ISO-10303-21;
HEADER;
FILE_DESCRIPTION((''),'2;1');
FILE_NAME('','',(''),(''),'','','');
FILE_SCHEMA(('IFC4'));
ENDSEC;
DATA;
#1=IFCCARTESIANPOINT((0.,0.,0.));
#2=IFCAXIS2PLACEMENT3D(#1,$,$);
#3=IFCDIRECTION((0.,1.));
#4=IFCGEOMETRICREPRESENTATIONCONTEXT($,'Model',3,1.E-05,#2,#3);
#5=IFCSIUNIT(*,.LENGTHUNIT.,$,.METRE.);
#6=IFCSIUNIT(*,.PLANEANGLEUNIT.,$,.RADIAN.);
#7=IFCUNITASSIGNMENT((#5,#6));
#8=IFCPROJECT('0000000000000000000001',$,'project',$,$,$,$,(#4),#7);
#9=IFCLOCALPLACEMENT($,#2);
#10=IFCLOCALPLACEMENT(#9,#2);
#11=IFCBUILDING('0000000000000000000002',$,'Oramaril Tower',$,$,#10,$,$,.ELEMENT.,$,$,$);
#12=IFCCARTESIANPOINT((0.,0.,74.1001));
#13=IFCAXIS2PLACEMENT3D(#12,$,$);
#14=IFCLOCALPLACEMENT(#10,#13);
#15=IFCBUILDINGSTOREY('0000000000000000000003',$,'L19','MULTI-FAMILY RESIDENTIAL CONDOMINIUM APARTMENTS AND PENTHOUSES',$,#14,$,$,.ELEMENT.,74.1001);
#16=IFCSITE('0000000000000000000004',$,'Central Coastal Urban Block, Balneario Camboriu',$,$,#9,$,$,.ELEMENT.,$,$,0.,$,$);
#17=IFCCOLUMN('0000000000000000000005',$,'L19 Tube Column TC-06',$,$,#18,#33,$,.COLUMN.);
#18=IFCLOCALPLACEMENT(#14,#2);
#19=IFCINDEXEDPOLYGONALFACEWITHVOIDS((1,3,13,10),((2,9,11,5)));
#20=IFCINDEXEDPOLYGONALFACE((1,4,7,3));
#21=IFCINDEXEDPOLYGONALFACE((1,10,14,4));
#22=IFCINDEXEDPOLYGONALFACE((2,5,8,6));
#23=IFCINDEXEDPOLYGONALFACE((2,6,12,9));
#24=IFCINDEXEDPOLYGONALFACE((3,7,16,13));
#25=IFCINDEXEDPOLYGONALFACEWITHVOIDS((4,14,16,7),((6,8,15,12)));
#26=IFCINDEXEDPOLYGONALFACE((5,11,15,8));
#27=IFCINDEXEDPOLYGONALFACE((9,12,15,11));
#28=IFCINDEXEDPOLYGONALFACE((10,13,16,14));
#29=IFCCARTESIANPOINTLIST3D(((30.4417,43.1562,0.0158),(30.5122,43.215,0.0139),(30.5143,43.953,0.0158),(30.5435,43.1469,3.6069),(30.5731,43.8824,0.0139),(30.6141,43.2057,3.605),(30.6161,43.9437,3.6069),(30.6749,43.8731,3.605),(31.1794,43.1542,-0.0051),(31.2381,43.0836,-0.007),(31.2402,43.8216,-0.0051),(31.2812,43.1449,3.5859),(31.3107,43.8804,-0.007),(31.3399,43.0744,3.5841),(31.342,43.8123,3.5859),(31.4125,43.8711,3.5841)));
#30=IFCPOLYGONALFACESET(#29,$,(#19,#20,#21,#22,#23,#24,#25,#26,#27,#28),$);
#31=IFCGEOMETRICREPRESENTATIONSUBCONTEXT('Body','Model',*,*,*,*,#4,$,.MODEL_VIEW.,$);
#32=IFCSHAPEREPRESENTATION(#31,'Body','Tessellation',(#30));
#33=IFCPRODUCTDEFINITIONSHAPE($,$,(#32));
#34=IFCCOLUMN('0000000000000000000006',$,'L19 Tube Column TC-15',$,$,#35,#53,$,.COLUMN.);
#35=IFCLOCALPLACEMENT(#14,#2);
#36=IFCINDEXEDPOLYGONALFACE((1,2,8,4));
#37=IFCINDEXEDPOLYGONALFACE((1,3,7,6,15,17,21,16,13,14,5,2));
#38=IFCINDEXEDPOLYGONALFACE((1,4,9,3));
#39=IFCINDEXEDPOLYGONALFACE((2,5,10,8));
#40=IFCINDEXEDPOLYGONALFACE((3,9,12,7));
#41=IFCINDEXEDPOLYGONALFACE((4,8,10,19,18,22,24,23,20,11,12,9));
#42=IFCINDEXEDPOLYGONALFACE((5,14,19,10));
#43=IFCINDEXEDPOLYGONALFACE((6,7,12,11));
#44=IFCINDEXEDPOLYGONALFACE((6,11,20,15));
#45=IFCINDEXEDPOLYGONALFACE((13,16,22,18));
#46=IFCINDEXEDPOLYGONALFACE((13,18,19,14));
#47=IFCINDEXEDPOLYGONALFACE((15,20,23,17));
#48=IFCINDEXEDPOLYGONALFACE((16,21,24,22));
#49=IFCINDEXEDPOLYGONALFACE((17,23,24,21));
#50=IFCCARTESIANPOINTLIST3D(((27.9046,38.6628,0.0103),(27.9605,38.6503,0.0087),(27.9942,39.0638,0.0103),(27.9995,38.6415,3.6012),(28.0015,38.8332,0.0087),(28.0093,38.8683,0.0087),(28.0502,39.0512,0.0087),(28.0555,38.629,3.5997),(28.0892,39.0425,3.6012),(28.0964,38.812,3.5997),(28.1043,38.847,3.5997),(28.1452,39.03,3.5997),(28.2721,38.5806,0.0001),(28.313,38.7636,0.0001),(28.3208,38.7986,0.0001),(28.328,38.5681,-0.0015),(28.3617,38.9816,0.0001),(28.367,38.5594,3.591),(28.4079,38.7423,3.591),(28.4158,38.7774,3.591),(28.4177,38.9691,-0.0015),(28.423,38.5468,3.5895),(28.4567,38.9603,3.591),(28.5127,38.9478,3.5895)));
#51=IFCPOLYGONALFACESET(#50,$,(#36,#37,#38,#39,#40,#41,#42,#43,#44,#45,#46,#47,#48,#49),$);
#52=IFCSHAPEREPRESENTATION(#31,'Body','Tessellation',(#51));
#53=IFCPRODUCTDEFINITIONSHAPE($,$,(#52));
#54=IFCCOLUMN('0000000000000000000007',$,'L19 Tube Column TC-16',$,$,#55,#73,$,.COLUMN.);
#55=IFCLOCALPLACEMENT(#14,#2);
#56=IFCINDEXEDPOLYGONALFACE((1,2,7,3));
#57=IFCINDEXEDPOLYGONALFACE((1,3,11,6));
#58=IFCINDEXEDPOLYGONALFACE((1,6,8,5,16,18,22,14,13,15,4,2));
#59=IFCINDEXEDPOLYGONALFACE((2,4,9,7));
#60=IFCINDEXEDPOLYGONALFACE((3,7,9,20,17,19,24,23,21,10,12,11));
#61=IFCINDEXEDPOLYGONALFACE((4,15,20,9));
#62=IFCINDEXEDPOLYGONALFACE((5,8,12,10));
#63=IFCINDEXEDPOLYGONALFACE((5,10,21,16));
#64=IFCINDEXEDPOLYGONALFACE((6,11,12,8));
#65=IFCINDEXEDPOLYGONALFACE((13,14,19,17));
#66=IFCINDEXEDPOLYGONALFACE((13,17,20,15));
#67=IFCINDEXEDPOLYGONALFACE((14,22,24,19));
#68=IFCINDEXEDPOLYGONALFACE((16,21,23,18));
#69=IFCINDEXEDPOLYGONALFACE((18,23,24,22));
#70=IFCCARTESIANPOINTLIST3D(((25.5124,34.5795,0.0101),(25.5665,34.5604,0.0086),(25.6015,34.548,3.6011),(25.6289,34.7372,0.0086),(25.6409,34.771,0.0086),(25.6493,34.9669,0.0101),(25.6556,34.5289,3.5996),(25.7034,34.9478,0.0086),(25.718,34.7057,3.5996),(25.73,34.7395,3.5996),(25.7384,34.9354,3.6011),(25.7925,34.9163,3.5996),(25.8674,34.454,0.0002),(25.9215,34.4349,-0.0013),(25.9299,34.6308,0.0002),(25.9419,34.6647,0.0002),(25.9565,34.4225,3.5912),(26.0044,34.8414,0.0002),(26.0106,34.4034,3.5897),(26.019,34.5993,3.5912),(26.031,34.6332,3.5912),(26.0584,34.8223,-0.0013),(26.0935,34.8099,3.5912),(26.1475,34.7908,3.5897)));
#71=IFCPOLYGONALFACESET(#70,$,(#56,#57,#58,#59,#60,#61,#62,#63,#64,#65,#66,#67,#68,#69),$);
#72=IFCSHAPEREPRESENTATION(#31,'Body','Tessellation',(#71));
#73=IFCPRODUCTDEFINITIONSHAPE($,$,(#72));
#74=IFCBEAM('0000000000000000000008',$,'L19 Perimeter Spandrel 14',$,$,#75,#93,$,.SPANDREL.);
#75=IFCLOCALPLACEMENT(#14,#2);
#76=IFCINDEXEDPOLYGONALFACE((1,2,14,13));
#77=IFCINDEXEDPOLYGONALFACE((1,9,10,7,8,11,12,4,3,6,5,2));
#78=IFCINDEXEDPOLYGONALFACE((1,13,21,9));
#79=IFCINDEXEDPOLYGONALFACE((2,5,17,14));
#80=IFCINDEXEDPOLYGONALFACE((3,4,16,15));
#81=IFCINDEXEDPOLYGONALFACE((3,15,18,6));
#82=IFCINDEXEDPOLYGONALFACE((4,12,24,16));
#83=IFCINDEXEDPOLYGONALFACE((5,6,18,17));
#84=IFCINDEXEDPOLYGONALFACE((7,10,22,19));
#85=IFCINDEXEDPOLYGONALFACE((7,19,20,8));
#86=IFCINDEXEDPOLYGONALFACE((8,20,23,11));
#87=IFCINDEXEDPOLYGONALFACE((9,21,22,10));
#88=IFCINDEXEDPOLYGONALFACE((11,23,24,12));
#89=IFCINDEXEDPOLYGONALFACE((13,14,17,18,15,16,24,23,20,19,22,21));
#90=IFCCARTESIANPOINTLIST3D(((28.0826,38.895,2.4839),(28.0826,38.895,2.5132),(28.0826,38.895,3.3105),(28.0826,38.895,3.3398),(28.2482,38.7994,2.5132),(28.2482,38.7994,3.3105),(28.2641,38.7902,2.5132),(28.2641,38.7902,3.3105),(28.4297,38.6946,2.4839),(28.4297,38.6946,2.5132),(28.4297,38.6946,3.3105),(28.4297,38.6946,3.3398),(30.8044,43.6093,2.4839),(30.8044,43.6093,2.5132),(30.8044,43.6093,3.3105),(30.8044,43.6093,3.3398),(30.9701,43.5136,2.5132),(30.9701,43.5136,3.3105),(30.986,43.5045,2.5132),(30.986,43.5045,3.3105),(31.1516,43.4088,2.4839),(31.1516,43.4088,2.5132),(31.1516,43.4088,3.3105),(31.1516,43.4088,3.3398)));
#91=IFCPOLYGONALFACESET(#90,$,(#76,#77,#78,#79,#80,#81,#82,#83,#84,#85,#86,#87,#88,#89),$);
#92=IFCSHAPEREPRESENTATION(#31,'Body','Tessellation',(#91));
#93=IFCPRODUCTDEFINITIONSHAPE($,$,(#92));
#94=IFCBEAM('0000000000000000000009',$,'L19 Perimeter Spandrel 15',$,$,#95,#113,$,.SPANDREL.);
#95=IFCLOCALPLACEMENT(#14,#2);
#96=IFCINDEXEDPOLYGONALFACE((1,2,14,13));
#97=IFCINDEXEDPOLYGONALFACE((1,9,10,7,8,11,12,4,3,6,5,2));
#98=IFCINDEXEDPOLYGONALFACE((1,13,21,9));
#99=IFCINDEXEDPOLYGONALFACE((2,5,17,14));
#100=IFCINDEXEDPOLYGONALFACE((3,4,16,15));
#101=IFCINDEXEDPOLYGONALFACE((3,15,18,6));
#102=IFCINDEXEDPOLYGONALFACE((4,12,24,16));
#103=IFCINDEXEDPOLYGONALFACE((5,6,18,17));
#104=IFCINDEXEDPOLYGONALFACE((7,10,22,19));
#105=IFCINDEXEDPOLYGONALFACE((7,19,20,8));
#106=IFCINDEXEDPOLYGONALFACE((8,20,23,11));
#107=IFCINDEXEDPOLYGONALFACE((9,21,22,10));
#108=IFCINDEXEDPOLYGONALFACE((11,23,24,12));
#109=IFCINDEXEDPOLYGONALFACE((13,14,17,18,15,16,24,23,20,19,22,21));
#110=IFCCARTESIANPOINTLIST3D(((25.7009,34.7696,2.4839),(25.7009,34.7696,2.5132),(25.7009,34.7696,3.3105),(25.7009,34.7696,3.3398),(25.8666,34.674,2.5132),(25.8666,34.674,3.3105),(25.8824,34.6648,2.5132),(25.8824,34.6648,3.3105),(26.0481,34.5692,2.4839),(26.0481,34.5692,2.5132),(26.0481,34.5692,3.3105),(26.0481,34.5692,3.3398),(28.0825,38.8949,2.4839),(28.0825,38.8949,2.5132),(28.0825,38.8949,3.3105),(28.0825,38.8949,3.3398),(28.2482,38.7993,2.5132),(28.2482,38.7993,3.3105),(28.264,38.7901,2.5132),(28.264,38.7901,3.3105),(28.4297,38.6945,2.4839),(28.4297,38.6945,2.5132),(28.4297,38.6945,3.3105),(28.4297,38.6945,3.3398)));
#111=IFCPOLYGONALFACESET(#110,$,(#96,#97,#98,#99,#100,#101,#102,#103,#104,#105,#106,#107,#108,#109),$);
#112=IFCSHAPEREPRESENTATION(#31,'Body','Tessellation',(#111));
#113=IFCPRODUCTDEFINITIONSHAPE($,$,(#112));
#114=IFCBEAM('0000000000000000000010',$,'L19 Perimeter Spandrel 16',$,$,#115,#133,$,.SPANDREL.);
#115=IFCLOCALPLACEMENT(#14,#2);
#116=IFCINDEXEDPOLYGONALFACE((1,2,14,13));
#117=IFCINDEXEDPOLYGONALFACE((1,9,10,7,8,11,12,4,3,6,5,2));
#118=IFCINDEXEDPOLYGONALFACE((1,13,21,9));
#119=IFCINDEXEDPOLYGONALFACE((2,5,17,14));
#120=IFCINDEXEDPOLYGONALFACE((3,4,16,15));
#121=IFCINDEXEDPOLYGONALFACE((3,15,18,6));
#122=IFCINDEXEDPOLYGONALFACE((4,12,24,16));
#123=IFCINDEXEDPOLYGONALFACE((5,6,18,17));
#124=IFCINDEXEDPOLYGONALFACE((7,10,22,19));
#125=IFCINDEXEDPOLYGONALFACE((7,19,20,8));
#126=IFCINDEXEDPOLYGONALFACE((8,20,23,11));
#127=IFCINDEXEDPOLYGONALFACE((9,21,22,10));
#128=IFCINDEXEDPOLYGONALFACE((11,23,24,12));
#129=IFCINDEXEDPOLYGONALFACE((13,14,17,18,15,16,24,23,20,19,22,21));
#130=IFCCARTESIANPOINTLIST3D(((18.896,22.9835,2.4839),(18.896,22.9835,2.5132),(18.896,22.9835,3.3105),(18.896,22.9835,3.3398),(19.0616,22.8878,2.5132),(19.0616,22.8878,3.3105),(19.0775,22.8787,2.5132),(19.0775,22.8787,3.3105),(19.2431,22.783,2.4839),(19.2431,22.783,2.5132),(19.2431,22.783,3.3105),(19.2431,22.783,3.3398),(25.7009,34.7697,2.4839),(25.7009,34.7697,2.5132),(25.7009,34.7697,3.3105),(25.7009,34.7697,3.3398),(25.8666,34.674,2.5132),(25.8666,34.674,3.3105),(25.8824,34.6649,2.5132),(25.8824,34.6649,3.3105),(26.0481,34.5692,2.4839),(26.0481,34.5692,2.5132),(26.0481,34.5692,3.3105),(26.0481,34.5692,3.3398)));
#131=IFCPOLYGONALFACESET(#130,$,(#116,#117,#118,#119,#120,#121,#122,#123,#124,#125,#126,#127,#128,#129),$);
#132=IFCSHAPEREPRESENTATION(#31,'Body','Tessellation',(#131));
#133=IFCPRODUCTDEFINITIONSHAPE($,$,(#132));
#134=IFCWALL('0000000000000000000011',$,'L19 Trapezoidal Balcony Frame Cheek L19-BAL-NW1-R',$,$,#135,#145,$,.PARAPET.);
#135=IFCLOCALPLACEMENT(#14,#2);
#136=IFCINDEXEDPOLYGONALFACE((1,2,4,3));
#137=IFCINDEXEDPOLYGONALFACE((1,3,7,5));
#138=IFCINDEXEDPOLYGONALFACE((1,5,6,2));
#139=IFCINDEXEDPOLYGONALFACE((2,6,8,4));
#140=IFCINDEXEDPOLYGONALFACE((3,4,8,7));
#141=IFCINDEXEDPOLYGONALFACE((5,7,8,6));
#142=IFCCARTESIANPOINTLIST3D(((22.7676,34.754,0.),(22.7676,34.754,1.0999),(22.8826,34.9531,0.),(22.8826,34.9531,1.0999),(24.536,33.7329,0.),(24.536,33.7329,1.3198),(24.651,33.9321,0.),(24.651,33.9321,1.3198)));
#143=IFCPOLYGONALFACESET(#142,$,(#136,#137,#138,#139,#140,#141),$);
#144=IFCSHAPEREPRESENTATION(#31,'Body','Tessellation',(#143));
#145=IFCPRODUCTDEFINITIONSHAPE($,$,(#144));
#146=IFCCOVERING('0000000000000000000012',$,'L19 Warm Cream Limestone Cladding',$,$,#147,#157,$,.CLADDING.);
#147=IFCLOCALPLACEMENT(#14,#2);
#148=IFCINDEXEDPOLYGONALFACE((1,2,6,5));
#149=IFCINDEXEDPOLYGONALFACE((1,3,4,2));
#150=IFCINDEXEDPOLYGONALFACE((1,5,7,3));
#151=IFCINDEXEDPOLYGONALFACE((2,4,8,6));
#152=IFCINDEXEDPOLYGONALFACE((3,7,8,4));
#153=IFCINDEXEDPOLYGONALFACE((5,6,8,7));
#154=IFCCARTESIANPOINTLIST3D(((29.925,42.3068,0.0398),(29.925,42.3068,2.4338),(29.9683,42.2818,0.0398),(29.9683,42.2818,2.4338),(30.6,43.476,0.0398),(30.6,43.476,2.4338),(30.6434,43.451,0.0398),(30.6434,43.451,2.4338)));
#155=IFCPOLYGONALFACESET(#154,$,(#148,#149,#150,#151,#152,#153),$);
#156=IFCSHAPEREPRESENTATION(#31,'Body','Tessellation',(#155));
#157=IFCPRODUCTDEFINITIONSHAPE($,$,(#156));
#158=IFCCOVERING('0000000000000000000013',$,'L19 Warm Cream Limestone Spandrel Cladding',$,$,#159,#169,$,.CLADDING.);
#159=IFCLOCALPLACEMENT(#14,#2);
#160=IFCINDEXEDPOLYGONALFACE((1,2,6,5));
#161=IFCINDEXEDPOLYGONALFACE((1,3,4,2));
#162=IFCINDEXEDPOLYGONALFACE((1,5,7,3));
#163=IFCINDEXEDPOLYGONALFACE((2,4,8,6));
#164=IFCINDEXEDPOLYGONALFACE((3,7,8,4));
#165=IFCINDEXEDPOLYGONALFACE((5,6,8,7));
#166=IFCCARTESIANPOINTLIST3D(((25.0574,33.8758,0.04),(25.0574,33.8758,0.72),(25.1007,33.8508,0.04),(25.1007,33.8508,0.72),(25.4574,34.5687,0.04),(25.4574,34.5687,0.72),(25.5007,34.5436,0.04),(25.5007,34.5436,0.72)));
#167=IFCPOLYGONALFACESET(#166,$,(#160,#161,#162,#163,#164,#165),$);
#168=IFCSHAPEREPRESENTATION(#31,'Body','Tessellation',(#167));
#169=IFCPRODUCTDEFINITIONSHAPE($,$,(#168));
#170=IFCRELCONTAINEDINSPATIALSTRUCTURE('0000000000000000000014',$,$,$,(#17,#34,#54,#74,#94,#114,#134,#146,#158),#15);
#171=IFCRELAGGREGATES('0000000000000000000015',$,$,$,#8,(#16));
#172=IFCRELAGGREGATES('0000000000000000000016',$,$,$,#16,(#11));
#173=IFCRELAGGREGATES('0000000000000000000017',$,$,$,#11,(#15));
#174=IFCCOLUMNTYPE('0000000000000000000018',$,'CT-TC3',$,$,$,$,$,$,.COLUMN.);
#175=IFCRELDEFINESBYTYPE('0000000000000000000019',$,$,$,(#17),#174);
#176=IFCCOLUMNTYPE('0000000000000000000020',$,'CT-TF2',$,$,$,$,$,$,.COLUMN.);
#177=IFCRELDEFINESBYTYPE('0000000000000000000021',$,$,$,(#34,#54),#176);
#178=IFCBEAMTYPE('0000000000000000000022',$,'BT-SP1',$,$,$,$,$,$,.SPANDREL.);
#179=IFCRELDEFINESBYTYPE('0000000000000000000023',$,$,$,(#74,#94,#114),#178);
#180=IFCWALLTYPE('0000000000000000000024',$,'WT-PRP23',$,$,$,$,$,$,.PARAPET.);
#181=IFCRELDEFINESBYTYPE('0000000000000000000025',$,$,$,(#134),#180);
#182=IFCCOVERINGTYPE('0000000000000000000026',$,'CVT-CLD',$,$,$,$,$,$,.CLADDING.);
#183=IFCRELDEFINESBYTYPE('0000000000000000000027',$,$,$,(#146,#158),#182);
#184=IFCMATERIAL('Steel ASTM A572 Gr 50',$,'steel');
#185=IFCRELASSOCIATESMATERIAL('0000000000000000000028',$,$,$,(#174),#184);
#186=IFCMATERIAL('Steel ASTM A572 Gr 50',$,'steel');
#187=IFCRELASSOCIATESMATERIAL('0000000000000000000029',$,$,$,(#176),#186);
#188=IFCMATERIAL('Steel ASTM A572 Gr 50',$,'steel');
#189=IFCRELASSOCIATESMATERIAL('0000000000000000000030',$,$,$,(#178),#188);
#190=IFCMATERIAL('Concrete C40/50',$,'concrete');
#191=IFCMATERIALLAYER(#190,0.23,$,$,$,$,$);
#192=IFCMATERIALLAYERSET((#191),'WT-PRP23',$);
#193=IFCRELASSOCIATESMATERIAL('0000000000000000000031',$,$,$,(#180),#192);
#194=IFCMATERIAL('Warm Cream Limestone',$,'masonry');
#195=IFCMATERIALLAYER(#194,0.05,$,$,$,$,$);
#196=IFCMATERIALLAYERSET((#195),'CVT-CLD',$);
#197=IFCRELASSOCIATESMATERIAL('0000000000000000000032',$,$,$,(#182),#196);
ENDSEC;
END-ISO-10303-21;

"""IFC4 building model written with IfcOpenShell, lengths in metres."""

from ifc_helpers import new_model, si_unit, direction, frame, origin, origin_2d, place, context, subcontext, project, spatial, polyline, rectangle, hollow_rectangle, i_section, outline, extrude, material, layer, layer_set, material_profile, profile_set, type_object, element, save


model = new_model("IFC4")

# Units and contexts
model_context = context("Model", 3, precision=1e-05, world=origin(), true_north=direction((0.0, 1.0)))
body_context = subcontext(model_context, "Body", "Model", "MODEL_VIEW")
ifc_project = project(units=[si_unit("LENGTHUNIT", "METRE"), si_unit("PLANEANGLEUNIT", "RADIAN")], contexts=[model_context])

# Site, building, storey
site_placement = place(None, origin())
site = spatial("IfcSite", under=ifc_project, at=site_placement, Name="Central Coastal Urban Block, Balneario Camboriu", CompositionType="ELEMENT", RefElevation=0.0)
building_placement = place(site_placement, origin())
building = spatial("IfcBuilding", under=site, at=building_placement, Name="Oramaril Tower", CompositionType="ELEMENT")
storey_placement = place(building_placement, frame((0.0, 0.0, 74.1001)))
storey = spatial("IfcBuildingStorey", under=building, at=storey_placement, Name="L19", Description="MULTI-FAMILY RESIDENTIAL CONDOMINIUM APARTMENTS AND PENTHOUSES", CompositionType="ELEMENT", Elevation=74.1001)

# Columns
ifc_material_1 = material(Name="Steel ASTM A572 Gr 50", Category="steel")
ifc_material_profile_1 = material_profile(ifc_material_1, hollow_rectangle(XDim=0.8, YDim=0.8, WallThickness=0.0649, at=origin_2d()), Name="BOX800X800X65")
ifc_profile_set_1 = profile_set([ifc_material_profile_1], Name="Steel ASTM A572 Gr 50")
column_type_1 = type_object("IfcColumnType", Name="CT-TC3", PredefinedType="COLUMN", material=ifc_profile_set_1)
column_placement = place(storey_placement, frame((30.8762, 43.5183, 0.0044), z_axis=(0.028339, -0.002582, 0.999595), x_axis=(0.090751, 0.995874, 0.0)))
element("IfcColumn", 1, at=column_placement, inside=storey, type_object=column_type_1, Name="L19 Tube Column TC-06", PredefinedType="COLUMN", context=body_context, shape_type="SweptSolid", body=[
    extrude(hollow_rectangle(XDim=0.8, YDim=0.8, WallThickness=0.0649, at=origin_2d()), origin(), (0.0, 0.0, 1.0), 3.5925),
])
ifc_material_2 = material(Name="Steel ASTM A572 Gr 50", Category="steel")
ifc_material_profile_2 = material_profile(ifc_material_2, i_section(OverallWidth=0.4109, OverallDepth=0.4341, WebThickness=0.0359, FlangeThickness=0.0574, at=origin_2d()), Name="W14X311")
ifc_profile_set_2 = profile_set([ifc_material_profile_2], Name="Steel ASTM A572 Gr 50")
column_type_2 = type_object("IfcColumnType", Name="CT-TF2", PredefinedType="COLUMN", material=ifc_profile_set_2)
for number, where, z_axis, x_axis, name in (
    (2, (28.1611, 38.8159, 0.0044), (0.026437, -0.005913, 0.999633), (0.218258, 0.975891, 0.0), "L19 Tube Column TC-15"),
    (3, (25.7854, 34.7009, 0.0044), (0.024806, -0.008767, 0.999654), (0.333225, 0.942847, 0.0), "L19 Tube Column TC-16"),
):
    element("IfcColumn", number, at=place(storey_placement, frame(where, z_axis=z_axis, x_axis=x_axis)), inside=storey, type_object=column_type_2, Name=name, PredefinedType="COLUMN", context=body_context, shape_type="SweptSolid", body=[
        extrude(i_section(OverallWidth=0.4109, OverallDepth=0.4341, WebThickness=0.0359, FlangeThickness=0.0574, at=origin_2d()), origin(), (0.0, 0.0, 1.0), 3.5923),
    ])

# Beams
ifc_material_3 = material(Name="Steel ASTM A572 Gr 50", Category="steel")
ifc_material_profile_3 = material_profile(ifc_material_3, i_section(OverallWidth=0.4009, OverallDepth=0.856, WebThickness=0.0183, FlangeThickness=0.0293, at=origin_2d()), Name="W33X201")
ifc_profile_set_3 = profile_set([ifc_material_profile_3], Name="Steel ASTM A572 Gr 50")
beam_type = type_object("IfcBeamType", Name="BT-SP1", PredefinedType="SPANDREL", material=ifc_profile_set_3)
beam_1_placement = place(storey_placement, frame((30.978, 43.509, 2.9119), z_axis=(-0.500012, -0.866018, 0.0), x_axis=(0.866018, -0.500012, 0.0)))
element("IfcBeam", 4, at=beam_1_placement, inside=storey, type_object=beam_type, Name="L19 Perimeter Spandrel 14", PredefinedType="SPANDREL", context=body_context, shape_type="SweptSolid", body=[
    extrude(i_section(OverallWidth=0.4009, OverallDepth=0.856, WebThickness=0.0183, FlangeThickness=0.0293, at=origin_2d()), origin(), (0.0, 0.0, 1.0), 5.4436),
])
beam_2_placement = place(storey_placement, frame((28.2561, 38.7947, 2.9119), z_axis=(-0.499981, -0.866036, 0.0), x_axis=(0.866036, -0.499981, 0.0)))
element("IfcBeam", 5, at=beam_2_placement, inside=storey, type_object=beam_type, Name="L19 Perimeter Spandrel 15", PredefinedType="SPANDREL", context=body_context, shape_type="SweptSolid", body=[
    extrude(i_section(OverallWidth=0.4009, OverallDepth=0.856, WebThickness=0.0183, FlangeThickness=0.0293, at=origin_2d()), origin(), (0.0, 0.0, 1.0), 4.7634),
])
beam_3_placement = place(storey_placement, frame((25.8745, 34.6694, 2.9119), z_axis=(-0.500011, -0.866019, 0.0), x_axis=(0.866019, -0.500011, 0.0)))
element("IfcBeam", 6, at=beam_3_placement, inside=storey, type_object=beam_type, Name="L19 Perimeter Spandrel 16", PredefinedType="SPANDREL", context=body_context, shape_type="SweptSolid", body=[
    extrude(i_section(OverallWidth=0.4009, OverallDepth=0.856, WebThickness=0.0183, FlangeThickness=0.0293, at=origin_2d()), origin(), (0.0, 0.0, 1.0), 13.6096),
])

# Wall
ifc_material_4 = material(Name="Concrete C40/50", Category="concrete")
ifc_layer_1 = layer(ifc_material_4, 0.23)
ifc_layer_set_1 = layer_set([ifc_layer_1], Name="WT-PRP23")
wall_type_1 = type_object("IfcWallType", Name="WT-PRP23", PredefinedType="PARAPET", material=ifc_layer_set_1)
wall_1_placement = place(storey_placement, frame((24.5935, 33.8325, 0.0), z_axis=(0.0, 0.0, 1.0), x_axis=(-0.866012, 0.500023, 0.0)))
element("IfcWall", 7, at=wall_1_placement, inside=storey, type_object=wall_type_1, Name="L19 Trapezoidal Balcony Frame Cheek L19-BAL-NW1-R", PredefinedType="PARAPET", context=body_context, shape_type="SweptSolid", body=[
    extrude(outline(polyline([(0.0, 0.0), (2.042, 0.0), (2.042, 1.0999), (0.0, 1.3198), (0.0, 0.0)])), frame((0.0, 0.115, 0.0), z_axis=(0.0, -1.0, 0.0), x_axis=(1.0, 0.0, 0.0)), (0.0, 0.0, 1.0), 0.23),
])

# Coverings
ifc_material_5 = material(Name="Warm Cream Limestone", Category="masonry")
ifc_layer_2 = layer(ifc_material_5, 0.05)
ifc_layer_set_2 = layer_set([ifc_layer_2], Name="CVT-CLD")
covering_type = type_object("IfcCoveringType", Name="CVT-CLD", PredefinedType="CLADDING", material=ifc_layer_set_2)
covering_1_placement = place(storey_placement, frame((30.2842, 42.8789, 0.0398), z_axis=(0.0, 0.0, 1.0), x_axis=(-0.5, -0.866025, 0.0)))
element("IfcCovering", 8, at=covering_1_placement, inside=storey, type_object=covering_type, Name="L19 Warm Cream Limestone Cladding", PredefinedType="CLADDING", context=body_context, shape_type="SweptSolid", body=[
    extrude(rectangle(XDim=1.3501, YDim=0.05, at=origin_2d()), origin(), (0.0, 0.0, 1.0), 2.394),
])
covering_2_placement = place(storey_placement, frame((25.2791, 34.2097, 0.04), z_axis=(0.0, 0.0, 1.0), x_axis=(-0.5, -0.866025, 0.0)))
element("IfcCovering", 9, at=covering_2_placement, inside=storey, type_object=covering_type, Name="L19 Warm Cream Limestone Spandrel Cladding", PredefinedType="CLADDING", context=body_context, shape_type="SweptSolid", body=[
    extrude(rectangle(XDim=0.8, YDim=0.05, at=origin_2d()), origin(), (0.0, 0.0, 1.0), 0.6799),
])

save(model, "model.ifc")
